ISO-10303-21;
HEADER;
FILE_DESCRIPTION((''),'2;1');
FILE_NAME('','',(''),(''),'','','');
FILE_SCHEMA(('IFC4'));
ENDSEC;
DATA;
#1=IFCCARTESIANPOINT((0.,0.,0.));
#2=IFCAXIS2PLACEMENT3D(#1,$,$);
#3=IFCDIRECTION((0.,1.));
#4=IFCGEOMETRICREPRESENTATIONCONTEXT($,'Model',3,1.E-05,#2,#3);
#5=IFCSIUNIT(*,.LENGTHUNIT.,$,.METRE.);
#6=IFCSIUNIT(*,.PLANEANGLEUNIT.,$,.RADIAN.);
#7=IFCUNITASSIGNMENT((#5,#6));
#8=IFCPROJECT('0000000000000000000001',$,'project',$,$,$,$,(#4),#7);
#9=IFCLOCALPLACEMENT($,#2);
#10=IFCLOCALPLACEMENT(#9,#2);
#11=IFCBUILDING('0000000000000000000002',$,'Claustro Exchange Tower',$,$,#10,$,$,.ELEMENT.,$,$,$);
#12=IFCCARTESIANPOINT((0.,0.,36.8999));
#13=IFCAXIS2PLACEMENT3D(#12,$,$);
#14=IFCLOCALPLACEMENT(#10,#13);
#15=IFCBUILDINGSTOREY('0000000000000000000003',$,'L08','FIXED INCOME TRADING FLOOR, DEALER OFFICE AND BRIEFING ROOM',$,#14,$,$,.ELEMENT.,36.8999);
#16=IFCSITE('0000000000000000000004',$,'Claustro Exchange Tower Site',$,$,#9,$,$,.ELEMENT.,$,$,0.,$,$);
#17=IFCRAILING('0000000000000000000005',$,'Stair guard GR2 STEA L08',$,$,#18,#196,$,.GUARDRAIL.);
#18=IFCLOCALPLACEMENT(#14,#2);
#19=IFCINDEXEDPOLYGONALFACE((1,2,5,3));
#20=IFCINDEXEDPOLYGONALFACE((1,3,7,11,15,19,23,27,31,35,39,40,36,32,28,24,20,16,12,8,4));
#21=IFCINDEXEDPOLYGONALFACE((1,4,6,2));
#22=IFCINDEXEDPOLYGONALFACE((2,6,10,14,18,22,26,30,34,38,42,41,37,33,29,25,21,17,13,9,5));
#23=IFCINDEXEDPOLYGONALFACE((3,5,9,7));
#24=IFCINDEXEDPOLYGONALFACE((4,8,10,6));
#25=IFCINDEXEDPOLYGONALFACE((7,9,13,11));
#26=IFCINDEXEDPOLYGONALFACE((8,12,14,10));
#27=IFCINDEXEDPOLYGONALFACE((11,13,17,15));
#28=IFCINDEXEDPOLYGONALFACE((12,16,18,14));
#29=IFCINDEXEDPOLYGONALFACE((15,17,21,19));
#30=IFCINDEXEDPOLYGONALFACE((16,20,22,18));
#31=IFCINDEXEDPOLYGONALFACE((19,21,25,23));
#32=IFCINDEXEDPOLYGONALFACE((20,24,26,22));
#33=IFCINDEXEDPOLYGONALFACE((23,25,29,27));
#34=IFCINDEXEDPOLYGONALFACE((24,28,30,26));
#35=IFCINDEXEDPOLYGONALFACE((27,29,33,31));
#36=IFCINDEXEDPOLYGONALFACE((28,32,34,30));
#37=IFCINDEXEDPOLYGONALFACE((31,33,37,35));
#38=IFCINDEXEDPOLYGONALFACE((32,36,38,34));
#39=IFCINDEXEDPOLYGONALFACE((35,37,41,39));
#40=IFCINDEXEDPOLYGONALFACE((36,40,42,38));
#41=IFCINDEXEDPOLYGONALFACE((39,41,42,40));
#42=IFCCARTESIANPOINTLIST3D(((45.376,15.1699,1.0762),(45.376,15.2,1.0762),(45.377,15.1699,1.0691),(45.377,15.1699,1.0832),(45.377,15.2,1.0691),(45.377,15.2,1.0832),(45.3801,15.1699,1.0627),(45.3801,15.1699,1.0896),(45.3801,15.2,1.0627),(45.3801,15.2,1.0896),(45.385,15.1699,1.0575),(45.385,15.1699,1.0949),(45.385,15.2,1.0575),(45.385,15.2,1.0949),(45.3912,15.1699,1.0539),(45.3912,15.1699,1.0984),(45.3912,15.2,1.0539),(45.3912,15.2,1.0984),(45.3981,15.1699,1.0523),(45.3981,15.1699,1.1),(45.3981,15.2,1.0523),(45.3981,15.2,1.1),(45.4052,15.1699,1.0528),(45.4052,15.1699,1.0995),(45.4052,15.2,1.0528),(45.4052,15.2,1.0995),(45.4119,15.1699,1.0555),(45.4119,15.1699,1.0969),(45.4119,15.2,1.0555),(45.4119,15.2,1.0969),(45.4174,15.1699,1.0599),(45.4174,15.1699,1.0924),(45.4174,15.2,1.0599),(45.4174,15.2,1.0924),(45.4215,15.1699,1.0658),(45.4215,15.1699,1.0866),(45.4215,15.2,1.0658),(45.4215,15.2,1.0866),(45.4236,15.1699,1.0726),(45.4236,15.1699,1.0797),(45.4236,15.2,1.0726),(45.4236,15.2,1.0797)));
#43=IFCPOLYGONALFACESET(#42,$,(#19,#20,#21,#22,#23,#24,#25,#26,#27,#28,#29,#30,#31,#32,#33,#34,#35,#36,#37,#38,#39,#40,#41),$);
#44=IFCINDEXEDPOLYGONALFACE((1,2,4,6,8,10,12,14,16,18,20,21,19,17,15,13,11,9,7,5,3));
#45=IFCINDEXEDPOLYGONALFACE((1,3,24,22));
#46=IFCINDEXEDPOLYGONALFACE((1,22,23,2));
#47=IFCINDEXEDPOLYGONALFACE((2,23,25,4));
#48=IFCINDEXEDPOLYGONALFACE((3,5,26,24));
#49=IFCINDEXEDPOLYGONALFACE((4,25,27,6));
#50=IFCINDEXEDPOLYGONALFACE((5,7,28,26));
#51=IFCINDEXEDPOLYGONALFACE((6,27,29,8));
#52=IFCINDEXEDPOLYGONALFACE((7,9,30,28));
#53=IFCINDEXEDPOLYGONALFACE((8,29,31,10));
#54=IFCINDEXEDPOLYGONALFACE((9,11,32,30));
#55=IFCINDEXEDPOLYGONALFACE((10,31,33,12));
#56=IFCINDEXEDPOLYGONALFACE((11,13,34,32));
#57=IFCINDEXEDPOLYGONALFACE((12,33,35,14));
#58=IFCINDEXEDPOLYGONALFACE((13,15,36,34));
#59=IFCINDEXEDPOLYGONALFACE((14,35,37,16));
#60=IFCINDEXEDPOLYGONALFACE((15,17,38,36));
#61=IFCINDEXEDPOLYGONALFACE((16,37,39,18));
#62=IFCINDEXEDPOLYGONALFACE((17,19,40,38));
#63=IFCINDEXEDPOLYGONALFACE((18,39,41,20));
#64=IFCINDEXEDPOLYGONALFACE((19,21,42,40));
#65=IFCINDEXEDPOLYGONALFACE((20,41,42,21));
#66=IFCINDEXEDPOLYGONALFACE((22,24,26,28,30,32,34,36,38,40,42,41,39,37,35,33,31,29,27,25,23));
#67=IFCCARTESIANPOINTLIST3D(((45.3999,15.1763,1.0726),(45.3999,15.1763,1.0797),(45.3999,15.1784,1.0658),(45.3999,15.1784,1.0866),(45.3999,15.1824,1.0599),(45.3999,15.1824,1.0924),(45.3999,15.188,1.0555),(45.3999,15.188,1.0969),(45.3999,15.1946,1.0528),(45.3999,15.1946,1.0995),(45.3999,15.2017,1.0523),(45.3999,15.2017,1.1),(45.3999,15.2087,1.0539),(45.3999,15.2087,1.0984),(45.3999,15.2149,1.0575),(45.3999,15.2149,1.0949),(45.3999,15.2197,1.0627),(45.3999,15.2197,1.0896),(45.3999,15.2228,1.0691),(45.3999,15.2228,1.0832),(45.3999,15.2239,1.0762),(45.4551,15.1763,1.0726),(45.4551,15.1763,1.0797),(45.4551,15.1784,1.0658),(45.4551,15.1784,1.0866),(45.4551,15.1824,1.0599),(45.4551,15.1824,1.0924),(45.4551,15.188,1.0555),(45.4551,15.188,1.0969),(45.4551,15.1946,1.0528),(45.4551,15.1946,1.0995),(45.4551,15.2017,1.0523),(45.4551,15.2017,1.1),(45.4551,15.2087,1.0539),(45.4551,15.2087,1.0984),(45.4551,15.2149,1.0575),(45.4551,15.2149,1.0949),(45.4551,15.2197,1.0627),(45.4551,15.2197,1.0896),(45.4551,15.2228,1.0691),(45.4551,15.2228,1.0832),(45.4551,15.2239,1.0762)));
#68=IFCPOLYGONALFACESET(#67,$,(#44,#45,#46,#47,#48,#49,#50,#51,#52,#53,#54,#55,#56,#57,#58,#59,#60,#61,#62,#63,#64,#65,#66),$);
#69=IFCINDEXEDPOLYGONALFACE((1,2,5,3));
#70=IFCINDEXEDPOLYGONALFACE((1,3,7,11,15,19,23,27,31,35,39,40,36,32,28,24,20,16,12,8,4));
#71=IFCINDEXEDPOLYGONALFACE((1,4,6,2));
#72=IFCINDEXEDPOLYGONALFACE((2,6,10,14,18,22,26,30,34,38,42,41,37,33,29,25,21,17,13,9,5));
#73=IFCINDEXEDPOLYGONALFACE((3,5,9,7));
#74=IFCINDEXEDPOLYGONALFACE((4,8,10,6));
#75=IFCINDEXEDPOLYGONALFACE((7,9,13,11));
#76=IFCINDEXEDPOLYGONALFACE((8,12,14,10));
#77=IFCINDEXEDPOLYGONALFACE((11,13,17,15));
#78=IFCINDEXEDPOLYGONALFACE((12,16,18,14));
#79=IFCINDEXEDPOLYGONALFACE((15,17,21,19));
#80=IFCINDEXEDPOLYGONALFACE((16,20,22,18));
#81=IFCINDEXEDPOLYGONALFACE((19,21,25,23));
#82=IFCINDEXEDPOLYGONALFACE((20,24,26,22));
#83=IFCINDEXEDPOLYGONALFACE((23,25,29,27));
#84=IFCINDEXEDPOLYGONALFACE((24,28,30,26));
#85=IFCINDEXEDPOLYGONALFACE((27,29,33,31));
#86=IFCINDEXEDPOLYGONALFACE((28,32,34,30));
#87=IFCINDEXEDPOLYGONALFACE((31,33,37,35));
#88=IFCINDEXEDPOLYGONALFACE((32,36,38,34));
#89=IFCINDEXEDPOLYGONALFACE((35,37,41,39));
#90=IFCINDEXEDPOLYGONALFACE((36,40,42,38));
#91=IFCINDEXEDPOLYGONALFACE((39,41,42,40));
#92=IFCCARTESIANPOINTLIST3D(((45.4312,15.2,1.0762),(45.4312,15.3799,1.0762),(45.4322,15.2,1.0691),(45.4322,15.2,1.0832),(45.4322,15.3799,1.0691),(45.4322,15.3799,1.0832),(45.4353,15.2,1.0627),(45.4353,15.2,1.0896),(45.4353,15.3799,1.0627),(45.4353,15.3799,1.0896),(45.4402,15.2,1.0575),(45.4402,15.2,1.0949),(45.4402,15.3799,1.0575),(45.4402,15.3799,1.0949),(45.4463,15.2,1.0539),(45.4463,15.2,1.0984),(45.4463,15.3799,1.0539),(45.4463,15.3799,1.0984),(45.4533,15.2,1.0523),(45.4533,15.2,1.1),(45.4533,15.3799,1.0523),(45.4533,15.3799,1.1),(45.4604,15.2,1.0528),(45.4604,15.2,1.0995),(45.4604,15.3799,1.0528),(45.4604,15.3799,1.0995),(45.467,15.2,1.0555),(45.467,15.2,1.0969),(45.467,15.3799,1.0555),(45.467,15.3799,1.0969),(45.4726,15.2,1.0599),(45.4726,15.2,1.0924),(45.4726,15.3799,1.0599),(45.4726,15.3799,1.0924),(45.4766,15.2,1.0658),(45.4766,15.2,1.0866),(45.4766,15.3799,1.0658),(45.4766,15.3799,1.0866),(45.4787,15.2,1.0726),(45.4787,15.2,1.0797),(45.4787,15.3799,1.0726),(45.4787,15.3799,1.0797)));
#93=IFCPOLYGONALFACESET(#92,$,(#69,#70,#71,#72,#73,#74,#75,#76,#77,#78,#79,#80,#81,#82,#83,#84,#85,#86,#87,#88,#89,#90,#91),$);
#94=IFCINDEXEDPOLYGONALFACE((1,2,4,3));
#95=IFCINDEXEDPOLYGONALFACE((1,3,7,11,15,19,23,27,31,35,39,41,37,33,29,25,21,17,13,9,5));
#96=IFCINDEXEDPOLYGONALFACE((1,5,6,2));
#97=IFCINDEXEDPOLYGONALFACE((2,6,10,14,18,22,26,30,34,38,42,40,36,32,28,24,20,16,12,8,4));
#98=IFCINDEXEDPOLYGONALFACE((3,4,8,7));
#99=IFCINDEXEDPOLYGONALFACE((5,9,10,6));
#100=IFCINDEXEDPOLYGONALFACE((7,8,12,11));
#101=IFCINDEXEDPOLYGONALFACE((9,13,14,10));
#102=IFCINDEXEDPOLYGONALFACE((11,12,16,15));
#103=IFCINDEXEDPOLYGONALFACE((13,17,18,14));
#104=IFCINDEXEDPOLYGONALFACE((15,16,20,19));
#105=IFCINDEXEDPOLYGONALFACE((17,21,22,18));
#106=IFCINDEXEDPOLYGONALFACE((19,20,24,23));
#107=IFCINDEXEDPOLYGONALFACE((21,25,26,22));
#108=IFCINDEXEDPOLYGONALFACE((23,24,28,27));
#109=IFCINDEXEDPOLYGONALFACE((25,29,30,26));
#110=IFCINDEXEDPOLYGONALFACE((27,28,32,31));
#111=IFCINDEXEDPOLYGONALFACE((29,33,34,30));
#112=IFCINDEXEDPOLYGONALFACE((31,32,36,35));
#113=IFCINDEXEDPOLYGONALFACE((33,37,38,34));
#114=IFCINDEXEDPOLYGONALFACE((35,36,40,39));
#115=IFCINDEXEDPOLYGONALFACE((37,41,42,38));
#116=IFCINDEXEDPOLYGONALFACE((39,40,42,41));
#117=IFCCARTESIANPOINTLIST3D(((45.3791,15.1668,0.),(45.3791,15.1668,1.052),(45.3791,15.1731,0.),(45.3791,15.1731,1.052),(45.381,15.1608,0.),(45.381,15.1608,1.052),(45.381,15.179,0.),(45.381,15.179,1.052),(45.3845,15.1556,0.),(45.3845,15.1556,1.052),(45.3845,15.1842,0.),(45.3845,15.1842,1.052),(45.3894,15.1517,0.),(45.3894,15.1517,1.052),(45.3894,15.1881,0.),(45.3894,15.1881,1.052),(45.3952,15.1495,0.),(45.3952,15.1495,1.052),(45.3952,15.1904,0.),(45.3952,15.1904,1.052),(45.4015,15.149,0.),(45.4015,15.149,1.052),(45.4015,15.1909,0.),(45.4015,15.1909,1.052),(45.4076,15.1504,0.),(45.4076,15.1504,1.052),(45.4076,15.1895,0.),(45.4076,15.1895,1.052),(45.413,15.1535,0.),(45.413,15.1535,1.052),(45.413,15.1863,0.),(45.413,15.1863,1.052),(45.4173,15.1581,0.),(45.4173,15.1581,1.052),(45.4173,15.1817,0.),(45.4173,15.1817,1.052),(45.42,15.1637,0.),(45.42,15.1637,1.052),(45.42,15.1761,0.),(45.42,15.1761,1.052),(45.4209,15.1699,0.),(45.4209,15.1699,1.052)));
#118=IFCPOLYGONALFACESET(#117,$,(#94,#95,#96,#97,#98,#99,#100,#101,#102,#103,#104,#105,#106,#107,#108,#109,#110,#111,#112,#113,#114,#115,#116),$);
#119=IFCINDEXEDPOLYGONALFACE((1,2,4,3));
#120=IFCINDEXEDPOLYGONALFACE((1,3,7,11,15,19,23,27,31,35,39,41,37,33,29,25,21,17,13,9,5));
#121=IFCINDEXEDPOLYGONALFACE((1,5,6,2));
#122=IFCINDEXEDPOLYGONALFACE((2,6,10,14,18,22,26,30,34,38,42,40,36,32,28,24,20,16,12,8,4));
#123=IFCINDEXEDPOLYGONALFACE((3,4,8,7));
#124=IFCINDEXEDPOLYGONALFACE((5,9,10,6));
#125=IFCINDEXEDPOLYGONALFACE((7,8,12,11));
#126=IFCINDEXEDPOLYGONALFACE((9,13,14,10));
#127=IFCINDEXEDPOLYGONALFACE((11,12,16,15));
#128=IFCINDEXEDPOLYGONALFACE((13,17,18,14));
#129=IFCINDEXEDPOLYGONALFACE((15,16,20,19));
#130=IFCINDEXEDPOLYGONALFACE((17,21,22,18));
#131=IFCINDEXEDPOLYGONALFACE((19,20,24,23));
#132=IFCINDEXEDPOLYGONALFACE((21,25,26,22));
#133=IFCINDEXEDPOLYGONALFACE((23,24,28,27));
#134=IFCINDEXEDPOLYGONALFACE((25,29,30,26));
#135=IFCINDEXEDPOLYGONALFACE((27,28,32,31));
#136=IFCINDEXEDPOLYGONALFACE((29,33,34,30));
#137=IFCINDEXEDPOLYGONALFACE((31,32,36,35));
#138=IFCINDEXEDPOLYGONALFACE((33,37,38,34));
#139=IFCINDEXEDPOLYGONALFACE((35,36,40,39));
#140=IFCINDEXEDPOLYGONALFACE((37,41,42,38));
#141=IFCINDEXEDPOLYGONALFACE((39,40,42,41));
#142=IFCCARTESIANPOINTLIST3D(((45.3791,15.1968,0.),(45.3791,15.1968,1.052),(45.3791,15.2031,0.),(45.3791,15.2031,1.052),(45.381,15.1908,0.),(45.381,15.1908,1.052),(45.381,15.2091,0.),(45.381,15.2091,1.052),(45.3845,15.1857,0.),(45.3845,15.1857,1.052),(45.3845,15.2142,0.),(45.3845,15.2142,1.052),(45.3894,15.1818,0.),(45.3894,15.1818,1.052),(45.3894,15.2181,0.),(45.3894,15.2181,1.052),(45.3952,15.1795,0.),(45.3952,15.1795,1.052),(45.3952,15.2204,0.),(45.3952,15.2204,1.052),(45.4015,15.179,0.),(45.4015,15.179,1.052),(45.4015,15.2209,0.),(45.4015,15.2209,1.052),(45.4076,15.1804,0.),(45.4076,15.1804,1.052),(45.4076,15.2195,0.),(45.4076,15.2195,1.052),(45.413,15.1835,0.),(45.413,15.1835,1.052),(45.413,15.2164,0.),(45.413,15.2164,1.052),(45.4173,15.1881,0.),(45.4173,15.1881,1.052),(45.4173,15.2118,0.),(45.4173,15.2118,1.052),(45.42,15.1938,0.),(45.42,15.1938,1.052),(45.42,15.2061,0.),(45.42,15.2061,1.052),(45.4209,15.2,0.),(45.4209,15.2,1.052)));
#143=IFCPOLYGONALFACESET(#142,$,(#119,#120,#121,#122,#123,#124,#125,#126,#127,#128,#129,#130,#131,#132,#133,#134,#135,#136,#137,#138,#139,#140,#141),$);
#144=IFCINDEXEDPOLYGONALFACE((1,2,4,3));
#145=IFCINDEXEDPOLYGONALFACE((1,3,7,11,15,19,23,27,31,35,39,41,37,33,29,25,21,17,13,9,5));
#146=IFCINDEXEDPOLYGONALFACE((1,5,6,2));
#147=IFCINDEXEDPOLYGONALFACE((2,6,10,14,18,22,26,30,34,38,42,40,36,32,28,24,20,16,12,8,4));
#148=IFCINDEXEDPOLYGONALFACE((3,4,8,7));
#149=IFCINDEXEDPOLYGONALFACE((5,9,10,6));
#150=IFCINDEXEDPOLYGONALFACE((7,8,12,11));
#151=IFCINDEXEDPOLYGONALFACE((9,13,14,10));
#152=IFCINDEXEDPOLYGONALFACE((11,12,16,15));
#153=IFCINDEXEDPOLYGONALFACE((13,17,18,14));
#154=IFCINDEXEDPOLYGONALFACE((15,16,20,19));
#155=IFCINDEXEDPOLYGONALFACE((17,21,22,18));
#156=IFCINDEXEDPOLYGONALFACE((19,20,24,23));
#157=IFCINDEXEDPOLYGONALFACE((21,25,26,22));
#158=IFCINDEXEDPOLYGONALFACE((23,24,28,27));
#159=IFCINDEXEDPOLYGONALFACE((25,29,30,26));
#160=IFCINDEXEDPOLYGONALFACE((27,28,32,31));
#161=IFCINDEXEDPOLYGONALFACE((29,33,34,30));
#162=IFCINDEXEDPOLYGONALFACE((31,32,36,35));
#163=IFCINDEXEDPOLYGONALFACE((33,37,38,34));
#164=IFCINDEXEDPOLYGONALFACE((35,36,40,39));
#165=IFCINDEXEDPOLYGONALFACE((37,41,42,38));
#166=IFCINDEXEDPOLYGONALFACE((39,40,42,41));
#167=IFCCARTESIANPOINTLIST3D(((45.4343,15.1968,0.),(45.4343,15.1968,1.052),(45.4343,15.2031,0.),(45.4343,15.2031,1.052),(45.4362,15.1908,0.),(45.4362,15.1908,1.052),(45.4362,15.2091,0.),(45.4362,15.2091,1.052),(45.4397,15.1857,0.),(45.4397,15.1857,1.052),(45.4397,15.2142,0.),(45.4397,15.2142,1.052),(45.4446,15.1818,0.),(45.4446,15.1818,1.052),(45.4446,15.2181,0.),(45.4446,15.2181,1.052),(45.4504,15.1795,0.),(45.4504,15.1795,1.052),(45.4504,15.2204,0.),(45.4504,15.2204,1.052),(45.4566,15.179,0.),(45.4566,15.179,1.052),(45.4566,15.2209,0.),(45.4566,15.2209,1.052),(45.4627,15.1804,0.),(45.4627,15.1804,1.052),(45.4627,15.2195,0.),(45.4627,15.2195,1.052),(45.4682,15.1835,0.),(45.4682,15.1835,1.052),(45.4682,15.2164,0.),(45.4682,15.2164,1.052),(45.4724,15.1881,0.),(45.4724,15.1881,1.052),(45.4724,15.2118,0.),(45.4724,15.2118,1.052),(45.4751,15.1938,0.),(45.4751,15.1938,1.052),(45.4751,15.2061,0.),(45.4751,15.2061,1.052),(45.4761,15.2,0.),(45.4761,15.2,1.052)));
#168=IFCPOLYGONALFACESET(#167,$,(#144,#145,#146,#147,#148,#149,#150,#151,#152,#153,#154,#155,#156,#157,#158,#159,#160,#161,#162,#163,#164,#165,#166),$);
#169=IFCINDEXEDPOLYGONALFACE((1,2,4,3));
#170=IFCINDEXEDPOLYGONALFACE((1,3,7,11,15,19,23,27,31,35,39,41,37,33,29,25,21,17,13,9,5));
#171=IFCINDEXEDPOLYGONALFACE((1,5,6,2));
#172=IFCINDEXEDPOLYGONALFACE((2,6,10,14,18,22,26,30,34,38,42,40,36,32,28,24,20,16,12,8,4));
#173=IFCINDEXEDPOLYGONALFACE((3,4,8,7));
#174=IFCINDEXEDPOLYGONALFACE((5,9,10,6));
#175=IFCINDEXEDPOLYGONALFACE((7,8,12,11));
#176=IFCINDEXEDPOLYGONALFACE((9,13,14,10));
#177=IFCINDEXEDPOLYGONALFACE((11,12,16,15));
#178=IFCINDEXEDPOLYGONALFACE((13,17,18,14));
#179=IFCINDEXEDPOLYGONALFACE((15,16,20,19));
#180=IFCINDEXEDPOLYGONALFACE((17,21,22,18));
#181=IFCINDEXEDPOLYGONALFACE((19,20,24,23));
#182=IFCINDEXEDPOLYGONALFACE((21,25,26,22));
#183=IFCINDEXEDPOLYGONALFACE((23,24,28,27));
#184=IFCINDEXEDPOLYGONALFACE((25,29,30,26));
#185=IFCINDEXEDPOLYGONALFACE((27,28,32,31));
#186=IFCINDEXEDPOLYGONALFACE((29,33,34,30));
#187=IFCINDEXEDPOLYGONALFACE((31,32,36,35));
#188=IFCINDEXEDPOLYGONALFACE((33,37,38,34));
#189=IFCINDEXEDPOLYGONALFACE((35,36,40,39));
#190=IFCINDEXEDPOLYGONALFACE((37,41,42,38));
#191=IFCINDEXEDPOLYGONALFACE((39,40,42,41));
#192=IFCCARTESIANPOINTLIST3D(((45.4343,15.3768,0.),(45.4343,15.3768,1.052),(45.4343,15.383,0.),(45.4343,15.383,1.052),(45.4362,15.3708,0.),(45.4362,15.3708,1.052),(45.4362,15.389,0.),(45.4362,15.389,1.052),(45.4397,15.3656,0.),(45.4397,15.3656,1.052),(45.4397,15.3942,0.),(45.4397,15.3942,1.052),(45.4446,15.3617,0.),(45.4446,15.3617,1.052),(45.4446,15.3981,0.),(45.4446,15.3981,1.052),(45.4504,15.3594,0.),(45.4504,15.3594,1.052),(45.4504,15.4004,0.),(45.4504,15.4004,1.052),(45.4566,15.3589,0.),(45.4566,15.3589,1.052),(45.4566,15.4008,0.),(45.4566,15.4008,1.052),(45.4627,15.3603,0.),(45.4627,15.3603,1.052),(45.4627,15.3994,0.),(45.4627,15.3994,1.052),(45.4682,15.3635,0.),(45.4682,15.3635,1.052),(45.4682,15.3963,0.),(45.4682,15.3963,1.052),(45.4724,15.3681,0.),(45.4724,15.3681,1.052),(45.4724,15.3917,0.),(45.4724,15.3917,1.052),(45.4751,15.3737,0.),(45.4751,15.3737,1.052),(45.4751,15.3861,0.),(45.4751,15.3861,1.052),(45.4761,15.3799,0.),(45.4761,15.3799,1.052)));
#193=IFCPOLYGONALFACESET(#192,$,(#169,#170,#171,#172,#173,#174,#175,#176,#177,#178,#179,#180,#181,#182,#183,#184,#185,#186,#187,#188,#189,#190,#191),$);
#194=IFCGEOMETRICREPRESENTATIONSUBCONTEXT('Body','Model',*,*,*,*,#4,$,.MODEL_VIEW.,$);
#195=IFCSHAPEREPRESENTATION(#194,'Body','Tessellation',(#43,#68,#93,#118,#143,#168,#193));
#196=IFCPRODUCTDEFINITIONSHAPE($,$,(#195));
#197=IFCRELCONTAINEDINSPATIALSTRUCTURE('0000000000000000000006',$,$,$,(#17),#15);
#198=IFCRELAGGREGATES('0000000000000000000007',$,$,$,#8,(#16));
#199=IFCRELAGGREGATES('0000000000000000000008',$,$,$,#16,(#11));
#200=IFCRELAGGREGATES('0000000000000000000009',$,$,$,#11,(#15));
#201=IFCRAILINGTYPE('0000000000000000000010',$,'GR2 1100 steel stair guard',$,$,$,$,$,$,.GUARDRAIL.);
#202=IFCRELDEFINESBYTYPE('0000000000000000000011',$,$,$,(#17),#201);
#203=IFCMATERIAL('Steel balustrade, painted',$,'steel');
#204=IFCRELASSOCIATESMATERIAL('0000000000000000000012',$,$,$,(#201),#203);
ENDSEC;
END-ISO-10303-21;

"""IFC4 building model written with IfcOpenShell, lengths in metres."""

from ifc_helpers import new_model, si_unit, direction, frame, origin, origin_2d, place, context, subcontext, project, spatial, circle, extrude, material, type_object, element, save


model = new_model("IFC4")

# Units and contexts
model_context = context("Model", 3, precision=1e-05, world=origin(), true_north=direction((0.0, 1.0)))
body_context = subcontext(model_context, "Body", "Model", "MODEL_VIEW")
ifc_project = project(units=[si_unit("LENGTHUNIT", "METRE"), si_unit("PLANEANGLEUNIT", "RADIAN")], contexts=[model_context])

# Site, building, storey
site_placement = place(None, origin())
site = spatial("IfcSite", under=ifc_project, at=site_placement, Name="Claustro Exchange Tower Site", CompositionType="ELEMENT", RefElevation=0.0)
building_placement = place(site_placement, origin())
building = spatial("IfcBuilding", under=site, at=building_placement, Name="Claustro Exchange Tower", CompositionType="ELEMENT")
storey_placement = place(building_placement, frame((0.0, 0.0, 36.8999)))
storey = spatial("IfcBuildingStorey", under=building, at=storey_placement, Name="L08", Description="FIXED INCOME TRADING FLOOR, DEALER OFFICE AND BRIEFING ROOM", CompositionType="ELEMENT", Elevation=36.8999)

# Railing
ifc_material_1 = material(Name="Steel balustrade, painted", Category="steel")
railing_type_1 = type_object("IfcRailingType", Name="GR2 1100 steel stair guard", PredefinedType="GUARDRAIL", material=ifc_material_1)
railing_1_placement = place(storey_placement, frame((45.3999, 15.1699, 0.0)))
element("IfcRailing", 1, at=railing_1_placement, inside=storey, type_object=railing_type_1, Name="Stair guard GR2 STEA L08", PredefinedType="GUARDRAIL", context=body_context, shape_type="SweptSolid", body=[
    extrude(circle(Radius=0.0239, at=origin_2d()), frame((0.0, 0.0, 1.0762), z_axis=(0.0, 1.0, 0.0), x_axis=(-1.0, 0.0, 0.0)), (0.0, 0.0, 1.0), 0.03),
    extrude(circle(Radius=0.0239, at=origin_2d()), frame((0.0, 0.03, 1.0762), z_axis=(1.0, 0.0, 0.0), x_axis=(0.0, 1.0, 0.0)), (0.0, 0.0, 1.0), 0.0552),
    extrude(circle(Radius=0.0239, at=origin_2d()), frame((0.0552, 0.03, 1.0762), z_axis=(0.0, 1.0, 0.0), x_axis=(-1.0, 0.0, 0.0)), (0.0, 0.0, 1.0), 0.1799),
    extrude(circle(Radius=0.021, at=origin_2d()), origin(), (0.0, 0.0, 1.0), 1.052),
    extrude(circle(Radius=0.021, at=origin_2d()), frame((0.0, 0.03, 0.0)), (0.0, 0.0, 1.0), 1.052),
    extrude(circle(Radius=0.021, at=origin_2d()), frame((0.0552, 0.03, 0.0)), (0.0, 0.0, 1.0), 1.052),
    extrude(circle(Radius=0.021, at=origin_2d()), frame((0.0552, 0.21, 0.0)), (0.0, 0.0, 1.0), 1.052),
])

save(model, "model.ifc")
